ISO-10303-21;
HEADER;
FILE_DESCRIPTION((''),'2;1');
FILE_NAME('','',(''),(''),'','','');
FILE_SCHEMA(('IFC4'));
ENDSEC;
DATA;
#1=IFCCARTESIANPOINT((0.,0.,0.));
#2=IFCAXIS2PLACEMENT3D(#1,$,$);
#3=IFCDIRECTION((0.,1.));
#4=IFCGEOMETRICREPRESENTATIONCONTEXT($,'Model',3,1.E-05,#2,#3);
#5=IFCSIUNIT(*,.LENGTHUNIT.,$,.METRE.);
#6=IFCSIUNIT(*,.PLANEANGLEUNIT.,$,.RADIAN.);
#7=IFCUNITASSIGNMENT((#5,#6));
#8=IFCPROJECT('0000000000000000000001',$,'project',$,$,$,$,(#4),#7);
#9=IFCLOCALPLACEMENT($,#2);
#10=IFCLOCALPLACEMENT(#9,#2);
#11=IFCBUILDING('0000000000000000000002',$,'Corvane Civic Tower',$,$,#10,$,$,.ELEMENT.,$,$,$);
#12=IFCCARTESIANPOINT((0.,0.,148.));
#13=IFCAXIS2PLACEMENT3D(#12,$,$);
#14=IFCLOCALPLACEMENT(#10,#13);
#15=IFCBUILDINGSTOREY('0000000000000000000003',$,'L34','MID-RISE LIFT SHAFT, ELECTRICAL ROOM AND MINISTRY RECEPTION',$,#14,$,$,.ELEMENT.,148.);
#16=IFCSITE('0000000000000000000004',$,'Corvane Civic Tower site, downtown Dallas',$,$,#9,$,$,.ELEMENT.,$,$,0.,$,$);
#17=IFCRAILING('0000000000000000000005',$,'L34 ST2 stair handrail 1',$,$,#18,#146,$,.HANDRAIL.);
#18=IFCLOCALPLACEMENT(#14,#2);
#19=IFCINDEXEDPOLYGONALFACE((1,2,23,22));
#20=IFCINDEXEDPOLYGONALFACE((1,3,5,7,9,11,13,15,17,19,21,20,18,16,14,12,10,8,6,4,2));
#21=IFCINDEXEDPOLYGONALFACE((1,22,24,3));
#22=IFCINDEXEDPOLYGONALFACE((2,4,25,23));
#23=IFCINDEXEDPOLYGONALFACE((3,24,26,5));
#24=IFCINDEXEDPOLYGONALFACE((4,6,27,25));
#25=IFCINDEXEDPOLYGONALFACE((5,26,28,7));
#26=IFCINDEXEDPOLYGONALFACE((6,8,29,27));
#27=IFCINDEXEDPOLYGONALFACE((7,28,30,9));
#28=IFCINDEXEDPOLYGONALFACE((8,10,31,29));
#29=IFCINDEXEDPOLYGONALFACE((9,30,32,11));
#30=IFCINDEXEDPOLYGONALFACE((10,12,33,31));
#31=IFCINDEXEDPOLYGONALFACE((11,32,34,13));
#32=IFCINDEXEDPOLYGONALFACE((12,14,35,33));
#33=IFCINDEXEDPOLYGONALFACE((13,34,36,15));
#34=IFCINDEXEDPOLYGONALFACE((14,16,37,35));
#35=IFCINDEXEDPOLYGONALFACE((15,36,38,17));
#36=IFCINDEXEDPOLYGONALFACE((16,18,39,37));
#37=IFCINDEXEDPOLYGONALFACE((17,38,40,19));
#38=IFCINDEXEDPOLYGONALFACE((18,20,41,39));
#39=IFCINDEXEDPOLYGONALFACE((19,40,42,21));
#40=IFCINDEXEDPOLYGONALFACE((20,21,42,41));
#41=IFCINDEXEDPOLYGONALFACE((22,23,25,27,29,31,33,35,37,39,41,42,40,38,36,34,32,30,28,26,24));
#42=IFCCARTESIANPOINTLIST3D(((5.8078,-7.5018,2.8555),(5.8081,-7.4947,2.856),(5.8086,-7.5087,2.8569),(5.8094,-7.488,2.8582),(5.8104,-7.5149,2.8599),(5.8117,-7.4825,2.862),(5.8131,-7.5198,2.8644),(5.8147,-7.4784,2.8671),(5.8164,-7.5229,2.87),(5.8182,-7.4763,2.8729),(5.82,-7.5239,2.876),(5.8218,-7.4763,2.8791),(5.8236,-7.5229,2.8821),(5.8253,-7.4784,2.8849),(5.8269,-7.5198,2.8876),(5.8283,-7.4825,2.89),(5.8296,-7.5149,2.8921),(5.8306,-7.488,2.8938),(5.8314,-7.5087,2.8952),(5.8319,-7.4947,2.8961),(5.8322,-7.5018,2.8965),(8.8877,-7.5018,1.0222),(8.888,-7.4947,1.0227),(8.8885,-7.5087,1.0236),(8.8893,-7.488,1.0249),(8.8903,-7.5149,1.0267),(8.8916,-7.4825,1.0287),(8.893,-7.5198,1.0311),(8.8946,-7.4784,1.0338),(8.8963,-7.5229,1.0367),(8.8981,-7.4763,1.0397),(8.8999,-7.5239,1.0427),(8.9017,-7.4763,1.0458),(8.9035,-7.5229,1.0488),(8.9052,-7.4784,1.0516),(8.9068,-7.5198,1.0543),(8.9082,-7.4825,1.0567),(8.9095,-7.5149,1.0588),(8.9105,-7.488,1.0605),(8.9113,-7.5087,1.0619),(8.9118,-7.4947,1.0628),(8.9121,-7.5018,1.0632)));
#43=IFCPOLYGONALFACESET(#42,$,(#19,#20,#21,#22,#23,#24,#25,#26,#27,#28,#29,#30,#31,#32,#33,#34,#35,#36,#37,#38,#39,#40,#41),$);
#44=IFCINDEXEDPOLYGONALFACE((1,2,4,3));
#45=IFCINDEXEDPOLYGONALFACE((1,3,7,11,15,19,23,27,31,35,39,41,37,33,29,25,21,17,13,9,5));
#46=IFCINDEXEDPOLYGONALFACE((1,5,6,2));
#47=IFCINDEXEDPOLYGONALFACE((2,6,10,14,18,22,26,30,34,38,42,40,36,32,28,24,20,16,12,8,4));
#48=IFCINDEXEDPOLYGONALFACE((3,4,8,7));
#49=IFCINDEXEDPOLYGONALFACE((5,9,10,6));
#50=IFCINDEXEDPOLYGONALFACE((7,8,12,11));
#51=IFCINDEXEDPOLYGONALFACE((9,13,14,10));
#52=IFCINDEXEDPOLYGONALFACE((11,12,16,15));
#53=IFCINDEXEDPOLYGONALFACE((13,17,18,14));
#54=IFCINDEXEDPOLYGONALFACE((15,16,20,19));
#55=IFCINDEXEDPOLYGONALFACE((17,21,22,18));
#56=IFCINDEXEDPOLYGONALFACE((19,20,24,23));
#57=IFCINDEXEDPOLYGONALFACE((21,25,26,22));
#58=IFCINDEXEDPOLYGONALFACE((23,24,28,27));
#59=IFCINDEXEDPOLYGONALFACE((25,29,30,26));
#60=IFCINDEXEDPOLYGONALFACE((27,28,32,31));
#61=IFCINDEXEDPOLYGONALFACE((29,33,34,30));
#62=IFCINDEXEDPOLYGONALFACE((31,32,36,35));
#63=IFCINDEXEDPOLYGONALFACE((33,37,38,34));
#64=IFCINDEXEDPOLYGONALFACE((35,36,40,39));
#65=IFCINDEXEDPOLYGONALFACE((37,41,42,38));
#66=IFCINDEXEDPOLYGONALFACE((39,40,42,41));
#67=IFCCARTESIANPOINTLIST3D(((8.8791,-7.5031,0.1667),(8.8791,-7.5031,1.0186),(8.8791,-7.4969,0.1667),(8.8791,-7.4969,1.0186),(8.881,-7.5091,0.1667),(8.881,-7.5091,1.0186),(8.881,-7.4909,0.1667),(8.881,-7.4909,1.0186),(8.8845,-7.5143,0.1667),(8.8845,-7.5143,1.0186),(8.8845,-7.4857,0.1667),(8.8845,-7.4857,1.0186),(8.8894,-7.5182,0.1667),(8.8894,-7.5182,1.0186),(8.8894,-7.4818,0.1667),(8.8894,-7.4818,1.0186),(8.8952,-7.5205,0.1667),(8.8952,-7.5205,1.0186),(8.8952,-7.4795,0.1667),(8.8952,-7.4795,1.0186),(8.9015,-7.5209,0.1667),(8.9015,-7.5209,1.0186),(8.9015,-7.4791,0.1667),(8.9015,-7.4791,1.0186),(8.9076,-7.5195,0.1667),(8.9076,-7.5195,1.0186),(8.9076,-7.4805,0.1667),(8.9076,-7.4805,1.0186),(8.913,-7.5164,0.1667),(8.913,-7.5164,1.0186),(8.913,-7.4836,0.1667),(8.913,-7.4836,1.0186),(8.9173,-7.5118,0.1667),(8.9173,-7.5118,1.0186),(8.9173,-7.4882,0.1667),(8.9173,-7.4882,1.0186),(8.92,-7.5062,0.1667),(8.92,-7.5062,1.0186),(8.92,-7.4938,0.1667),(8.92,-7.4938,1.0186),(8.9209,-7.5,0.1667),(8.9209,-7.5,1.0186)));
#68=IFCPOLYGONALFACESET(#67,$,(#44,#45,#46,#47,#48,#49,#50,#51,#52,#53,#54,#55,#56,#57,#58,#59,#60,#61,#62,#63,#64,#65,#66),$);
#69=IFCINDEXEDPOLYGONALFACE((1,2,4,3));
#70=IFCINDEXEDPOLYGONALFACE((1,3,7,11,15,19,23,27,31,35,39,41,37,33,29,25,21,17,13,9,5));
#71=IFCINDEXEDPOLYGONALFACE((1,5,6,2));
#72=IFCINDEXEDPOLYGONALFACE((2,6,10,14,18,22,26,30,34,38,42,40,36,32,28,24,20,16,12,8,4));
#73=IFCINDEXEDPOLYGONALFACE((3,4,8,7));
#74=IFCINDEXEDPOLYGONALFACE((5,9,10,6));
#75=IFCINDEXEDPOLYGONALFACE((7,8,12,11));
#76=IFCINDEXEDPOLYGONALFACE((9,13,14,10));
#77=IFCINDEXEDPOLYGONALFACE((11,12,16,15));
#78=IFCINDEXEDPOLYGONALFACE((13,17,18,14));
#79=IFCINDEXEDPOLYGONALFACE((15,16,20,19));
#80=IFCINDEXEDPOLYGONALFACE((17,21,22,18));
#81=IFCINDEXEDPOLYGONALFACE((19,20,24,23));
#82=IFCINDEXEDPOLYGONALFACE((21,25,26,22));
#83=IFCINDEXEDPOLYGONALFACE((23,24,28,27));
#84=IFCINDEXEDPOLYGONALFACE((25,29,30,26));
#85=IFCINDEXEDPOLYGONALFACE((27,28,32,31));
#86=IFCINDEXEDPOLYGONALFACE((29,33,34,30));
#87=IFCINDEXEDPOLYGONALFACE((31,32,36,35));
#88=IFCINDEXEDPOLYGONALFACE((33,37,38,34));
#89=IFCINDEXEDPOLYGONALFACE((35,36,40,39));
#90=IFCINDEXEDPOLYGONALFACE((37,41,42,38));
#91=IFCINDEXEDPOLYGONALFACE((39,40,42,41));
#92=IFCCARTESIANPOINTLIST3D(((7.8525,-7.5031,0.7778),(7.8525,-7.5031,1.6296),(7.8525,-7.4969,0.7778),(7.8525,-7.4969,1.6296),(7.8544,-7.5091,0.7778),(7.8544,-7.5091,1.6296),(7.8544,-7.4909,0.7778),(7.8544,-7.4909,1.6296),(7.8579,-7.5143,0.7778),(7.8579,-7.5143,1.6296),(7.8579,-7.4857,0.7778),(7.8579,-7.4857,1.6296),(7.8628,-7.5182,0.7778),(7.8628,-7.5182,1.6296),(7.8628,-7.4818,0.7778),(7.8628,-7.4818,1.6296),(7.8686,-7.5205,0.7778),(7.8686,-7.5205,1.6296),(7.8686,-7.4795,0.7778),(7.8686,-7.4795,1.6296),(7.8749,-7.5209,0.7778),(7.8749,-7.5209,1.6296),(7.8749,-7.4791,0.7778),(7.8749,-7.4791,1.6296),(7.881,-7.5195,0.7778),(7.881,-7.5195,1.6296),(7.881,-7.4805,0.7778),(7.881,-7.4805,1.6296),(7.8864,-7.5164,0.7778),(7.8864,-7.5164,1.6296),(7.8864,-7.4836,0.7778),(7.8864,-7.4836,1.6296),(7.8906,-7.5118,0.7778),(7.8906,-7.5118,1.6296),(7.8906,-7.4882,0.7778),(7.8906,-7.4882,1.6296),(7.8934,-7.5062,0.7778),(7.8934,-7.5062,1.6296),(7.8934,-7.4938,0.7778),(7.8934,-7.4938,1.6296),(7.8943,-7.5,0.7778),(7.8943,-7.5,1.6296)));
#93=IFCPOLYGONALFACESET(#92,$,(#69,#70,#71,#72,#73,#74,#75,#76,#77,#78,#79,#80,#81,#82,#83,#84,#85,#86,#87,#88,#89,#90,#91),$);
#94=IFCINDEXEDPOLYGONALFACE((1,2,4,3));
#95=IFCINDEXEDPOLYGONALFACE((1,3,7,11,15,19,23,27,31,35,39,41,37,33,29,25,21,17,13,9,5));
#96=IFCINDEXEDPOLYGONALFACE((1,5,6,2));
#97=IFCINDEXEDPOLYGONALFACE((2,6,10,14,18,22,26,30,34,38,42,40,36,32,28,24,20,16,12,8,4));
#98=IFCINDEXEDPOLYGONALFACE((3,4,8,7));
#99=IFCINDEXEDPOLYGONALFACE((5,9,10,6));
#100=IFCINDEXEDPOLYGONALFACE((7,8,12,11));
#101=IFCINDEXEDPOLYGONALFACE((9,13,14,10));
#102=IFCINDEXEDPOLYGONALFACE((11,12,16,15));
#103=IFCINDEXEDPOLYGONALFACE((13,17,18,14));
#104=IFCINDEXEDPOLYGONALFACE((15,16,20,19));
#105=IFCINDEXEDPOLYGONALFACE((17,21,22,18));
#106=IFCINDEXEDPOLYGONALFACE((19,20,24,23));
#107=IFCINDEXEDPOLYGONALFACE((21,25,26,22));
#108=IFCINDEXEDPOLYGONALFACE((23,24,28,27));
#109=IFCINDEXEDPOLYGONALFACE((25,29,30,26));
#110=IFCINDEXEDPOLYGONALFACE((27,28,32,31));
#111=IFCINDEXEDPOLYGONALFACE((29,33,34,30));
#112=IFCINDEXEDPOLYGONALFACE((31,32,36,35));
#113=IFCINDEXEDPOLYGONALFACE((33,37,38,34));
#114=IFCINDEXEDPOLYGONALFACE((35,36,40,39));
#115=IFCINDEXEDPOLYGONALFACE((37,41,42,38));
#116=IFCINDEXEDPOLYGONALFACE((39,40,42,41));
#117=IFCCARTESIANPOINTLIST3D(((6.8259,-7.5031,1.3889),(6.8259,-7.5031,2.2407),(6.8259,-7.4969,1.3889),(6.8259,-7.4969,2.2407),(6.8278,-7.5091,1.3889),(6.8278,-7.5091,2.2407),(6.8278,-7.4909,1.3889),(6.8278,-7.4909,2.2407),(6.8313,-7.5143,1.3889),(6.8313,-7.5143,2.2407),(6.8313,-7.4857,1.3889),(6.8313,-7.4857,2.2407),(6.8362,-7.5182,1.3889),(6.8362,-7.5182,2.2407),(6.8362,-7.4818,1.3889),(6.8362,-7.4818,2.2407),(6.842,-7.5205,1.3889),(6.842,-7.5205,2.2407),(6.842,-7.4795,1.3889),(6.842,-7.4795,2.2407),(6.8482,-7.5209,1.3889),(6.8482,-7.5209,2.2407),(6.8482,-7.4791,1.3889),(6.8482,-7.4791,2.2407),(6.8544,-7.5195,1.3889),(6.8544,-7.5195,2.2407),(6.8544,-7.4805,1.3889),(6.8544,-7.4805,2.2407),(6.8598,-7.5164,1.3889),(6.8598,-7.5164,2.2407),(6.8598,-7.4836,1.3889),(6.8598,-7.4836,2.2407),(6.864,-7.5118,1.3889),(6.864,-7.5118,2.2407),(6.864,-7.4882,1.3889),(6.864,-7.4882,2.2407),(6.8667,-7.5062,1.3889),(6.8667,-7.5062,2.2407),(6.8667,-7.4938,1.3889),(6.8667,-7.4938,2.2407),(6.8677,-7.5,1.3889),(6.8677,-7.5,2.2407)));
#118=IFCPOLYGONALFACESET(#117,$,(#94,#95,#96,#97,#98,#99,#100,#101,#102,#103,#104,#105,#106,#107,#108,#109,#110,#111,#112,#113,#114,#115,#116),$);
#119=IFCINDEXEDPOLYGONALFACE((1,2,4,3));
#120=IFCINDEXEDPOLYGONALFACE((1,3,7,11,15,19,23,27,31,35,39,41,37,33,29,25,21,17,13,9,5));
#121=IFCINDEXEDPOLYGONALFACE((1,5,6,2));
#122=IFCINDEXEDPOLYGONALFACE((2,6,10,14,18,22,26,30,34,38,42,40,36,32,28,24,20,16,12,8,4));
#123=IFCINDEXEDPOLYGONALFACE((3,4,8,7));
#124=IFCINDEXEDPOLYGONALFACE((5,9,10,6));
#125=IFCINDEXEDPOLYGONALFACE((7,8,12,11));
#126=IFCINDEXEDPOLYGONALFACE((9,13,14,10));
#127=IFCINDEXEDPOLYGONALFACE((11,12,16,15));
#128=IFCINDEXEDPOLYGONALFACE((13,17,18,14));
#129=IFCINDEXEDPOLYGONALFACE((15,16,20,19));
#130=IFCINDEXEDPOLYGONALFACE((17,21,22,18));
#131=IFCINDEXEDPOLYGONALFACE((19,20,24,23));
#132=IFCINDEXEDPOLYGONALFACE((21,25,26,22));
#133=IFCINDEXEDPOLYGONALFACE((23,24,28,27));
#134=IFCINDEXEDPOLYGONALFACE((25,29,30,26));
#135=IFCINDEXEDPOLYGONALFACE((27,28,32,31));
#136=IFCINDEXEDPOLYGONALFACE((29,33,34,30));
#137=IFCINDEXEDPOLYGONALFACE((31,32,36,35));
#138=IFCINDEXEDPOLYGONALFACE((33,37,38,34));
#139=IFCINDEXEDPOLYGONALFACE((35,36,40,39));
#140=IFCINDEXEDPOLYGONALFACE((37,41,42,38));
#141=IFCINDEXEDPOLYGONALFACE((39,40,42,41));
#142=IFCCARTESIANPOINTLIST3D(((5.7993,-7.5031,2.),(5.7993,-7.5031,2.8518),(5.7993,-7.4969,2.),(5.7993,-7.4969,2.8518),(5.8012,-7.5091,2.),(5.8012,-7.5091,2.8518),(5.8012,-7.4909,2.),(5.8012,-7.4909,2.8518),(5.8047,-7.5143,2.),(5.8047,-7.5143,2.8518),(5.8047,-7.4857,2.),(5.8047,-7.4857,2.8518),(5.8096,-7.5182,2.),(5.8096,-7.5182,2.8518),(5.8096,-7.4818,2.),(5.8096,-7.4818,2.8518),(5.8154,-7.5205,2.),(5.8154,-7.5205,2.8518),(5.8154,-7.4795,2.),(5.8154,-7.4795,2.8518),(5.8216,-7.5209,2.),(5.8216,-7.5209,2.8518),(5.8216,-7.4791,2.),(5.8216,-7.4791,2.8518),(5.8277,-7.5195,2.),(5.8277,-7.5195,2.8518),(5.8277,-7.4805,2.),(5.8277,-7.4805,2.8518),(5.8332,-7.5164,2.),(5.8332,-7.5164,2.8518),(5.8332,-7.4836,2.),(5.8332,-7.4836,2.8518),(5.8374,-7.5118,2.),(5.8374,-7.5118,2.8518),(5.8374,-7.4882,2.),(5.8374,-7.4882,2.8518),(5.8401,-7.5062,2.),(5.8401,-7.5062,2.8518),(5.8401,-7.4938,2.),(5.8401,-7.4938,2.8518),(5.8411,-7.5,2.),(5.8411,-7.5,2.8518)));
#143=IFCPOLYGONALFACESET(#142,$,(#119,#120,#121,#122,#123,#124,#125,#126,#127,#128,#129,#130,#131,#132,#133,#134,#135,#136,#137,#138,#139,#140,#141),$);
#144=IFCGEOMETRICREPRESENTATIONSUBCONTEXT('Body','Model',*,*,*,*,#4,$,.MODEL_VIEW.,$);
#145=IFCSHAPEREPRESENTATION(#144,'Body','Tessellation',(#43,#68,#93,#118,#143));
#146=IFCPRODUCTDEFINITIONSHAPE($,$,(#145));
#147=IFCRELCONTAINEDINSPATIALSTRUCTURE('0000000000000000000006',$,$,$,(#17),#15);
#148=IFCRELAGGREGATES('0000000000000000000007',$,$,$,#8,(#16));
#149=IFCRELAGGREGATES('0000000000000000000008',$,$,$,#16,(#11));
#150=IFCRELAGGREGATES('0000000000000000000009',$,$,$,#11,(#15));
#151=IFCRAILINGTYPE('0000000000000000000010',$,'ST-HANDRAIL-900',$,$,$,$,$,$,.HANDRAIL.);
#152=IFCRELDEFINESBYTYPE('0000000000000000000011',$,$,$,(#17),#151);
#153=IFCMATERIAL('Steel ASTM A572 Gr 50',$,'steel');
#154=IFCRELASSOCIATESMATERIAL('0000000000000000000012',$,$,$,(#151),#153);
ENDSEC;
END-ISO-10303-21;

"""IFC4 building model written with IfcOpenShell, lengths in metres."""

from ifc_helpers import new_model, si_unit, direction, frame, origin, origin_2d, place, context, subcontext, project, spatial, circle, extrude, material, type_object, element, save


model = new_model("IFC4")

# Units and contexts
model_context = context("Model", 3, precision=1e-05, world=origin(), true_north=direction((0.0, 1.0)))
body_context = subcontext(model_context, "Body", "Model", "MODEL_VIEW")
ifc_project = project(units=[si_unit("LENGTHUNIT", "METRE"), si_unit("PLANEANGLEUNIT", "RADIAN")], contexts=[model_context])

# Site, building, storey
site_placement = place(None, origin())
site = spatial("IfcSite", under=ifc_project, at=site_placement, Name="Corvane Civic Tower site, downtown Dallas", CompositionType="ELEMENT", RefElevation=0.0)
building_placement = place(site_placement, origin())
building = spatial("IfcBuilding", under=site, at=building_placement, Name="Corvane Civic Tower", CompositionType="ELEMENT")
storey_placement = place(building_placement, frame((0.0, 0.0, 148.0)))
storey = spatial("IfcBuildingStorey", under=building, at=storey_placement, Name="L34", Description="MID-RISE LIFT SHAFT, ELECTRICAL ROOM AND MINISTRY RECEPTION", CompositionType="ELEMENT", Elevation=148.0)

# Railing
ifc_material_1 = material(Name="Steel ASTM A572 Gr 50", Category="steel")
railing_type_1 = type_object("IfcRailingType", Name="ST-HANDRAIL-900", PredefinedType="HANDRAIL", material=ifc_material_1)
railing_1_placement = place(storey_placement, frame((8.8999, -7.5, 0.1667)))
element("IfcRailing", 1, at=railing_1_placement, inside=storey, type_object=railing_type_1, Name="L34 ST2 stair handrail 1", PredefinedType="HANDRAIL", context=body_context, shape_type="SweptSolid", body=[
    extrude(circle(Radius=0.0239, at=origin_2d()), frame((0.0, 0.0, 0.876), z_axis=(-0.859291, 0.0, 0.511487), x_axis=(0.0, -1.0, 0.0)), (0.0, 0.0, 1.0), 3.5842),
    extrude(circle(Radius=0.021, at=origin_2d()), origin(), (0.0, 0.0, 1.0), 0.8518),
    extrude(circle(Radius=0.021, at=origin_2d()), frame((-1.0266, 0.0, 0.6111)), (0.0, 0.0, 1.0), 0.8518),
    extrude(circle(Radius=0.021, at=origin_2d()), frame((-2.0532, 0.0, 1.2222)), (0.0, 0.0, 1.0), 0.8518),
    extrude(circle(Radius=0.021, at=origin_2d()), frame((-3.0798, 0.0, 1.8333)), (0.0, 0.0, 1.0), 0.8518),
])

save(model, "model.ifc")
